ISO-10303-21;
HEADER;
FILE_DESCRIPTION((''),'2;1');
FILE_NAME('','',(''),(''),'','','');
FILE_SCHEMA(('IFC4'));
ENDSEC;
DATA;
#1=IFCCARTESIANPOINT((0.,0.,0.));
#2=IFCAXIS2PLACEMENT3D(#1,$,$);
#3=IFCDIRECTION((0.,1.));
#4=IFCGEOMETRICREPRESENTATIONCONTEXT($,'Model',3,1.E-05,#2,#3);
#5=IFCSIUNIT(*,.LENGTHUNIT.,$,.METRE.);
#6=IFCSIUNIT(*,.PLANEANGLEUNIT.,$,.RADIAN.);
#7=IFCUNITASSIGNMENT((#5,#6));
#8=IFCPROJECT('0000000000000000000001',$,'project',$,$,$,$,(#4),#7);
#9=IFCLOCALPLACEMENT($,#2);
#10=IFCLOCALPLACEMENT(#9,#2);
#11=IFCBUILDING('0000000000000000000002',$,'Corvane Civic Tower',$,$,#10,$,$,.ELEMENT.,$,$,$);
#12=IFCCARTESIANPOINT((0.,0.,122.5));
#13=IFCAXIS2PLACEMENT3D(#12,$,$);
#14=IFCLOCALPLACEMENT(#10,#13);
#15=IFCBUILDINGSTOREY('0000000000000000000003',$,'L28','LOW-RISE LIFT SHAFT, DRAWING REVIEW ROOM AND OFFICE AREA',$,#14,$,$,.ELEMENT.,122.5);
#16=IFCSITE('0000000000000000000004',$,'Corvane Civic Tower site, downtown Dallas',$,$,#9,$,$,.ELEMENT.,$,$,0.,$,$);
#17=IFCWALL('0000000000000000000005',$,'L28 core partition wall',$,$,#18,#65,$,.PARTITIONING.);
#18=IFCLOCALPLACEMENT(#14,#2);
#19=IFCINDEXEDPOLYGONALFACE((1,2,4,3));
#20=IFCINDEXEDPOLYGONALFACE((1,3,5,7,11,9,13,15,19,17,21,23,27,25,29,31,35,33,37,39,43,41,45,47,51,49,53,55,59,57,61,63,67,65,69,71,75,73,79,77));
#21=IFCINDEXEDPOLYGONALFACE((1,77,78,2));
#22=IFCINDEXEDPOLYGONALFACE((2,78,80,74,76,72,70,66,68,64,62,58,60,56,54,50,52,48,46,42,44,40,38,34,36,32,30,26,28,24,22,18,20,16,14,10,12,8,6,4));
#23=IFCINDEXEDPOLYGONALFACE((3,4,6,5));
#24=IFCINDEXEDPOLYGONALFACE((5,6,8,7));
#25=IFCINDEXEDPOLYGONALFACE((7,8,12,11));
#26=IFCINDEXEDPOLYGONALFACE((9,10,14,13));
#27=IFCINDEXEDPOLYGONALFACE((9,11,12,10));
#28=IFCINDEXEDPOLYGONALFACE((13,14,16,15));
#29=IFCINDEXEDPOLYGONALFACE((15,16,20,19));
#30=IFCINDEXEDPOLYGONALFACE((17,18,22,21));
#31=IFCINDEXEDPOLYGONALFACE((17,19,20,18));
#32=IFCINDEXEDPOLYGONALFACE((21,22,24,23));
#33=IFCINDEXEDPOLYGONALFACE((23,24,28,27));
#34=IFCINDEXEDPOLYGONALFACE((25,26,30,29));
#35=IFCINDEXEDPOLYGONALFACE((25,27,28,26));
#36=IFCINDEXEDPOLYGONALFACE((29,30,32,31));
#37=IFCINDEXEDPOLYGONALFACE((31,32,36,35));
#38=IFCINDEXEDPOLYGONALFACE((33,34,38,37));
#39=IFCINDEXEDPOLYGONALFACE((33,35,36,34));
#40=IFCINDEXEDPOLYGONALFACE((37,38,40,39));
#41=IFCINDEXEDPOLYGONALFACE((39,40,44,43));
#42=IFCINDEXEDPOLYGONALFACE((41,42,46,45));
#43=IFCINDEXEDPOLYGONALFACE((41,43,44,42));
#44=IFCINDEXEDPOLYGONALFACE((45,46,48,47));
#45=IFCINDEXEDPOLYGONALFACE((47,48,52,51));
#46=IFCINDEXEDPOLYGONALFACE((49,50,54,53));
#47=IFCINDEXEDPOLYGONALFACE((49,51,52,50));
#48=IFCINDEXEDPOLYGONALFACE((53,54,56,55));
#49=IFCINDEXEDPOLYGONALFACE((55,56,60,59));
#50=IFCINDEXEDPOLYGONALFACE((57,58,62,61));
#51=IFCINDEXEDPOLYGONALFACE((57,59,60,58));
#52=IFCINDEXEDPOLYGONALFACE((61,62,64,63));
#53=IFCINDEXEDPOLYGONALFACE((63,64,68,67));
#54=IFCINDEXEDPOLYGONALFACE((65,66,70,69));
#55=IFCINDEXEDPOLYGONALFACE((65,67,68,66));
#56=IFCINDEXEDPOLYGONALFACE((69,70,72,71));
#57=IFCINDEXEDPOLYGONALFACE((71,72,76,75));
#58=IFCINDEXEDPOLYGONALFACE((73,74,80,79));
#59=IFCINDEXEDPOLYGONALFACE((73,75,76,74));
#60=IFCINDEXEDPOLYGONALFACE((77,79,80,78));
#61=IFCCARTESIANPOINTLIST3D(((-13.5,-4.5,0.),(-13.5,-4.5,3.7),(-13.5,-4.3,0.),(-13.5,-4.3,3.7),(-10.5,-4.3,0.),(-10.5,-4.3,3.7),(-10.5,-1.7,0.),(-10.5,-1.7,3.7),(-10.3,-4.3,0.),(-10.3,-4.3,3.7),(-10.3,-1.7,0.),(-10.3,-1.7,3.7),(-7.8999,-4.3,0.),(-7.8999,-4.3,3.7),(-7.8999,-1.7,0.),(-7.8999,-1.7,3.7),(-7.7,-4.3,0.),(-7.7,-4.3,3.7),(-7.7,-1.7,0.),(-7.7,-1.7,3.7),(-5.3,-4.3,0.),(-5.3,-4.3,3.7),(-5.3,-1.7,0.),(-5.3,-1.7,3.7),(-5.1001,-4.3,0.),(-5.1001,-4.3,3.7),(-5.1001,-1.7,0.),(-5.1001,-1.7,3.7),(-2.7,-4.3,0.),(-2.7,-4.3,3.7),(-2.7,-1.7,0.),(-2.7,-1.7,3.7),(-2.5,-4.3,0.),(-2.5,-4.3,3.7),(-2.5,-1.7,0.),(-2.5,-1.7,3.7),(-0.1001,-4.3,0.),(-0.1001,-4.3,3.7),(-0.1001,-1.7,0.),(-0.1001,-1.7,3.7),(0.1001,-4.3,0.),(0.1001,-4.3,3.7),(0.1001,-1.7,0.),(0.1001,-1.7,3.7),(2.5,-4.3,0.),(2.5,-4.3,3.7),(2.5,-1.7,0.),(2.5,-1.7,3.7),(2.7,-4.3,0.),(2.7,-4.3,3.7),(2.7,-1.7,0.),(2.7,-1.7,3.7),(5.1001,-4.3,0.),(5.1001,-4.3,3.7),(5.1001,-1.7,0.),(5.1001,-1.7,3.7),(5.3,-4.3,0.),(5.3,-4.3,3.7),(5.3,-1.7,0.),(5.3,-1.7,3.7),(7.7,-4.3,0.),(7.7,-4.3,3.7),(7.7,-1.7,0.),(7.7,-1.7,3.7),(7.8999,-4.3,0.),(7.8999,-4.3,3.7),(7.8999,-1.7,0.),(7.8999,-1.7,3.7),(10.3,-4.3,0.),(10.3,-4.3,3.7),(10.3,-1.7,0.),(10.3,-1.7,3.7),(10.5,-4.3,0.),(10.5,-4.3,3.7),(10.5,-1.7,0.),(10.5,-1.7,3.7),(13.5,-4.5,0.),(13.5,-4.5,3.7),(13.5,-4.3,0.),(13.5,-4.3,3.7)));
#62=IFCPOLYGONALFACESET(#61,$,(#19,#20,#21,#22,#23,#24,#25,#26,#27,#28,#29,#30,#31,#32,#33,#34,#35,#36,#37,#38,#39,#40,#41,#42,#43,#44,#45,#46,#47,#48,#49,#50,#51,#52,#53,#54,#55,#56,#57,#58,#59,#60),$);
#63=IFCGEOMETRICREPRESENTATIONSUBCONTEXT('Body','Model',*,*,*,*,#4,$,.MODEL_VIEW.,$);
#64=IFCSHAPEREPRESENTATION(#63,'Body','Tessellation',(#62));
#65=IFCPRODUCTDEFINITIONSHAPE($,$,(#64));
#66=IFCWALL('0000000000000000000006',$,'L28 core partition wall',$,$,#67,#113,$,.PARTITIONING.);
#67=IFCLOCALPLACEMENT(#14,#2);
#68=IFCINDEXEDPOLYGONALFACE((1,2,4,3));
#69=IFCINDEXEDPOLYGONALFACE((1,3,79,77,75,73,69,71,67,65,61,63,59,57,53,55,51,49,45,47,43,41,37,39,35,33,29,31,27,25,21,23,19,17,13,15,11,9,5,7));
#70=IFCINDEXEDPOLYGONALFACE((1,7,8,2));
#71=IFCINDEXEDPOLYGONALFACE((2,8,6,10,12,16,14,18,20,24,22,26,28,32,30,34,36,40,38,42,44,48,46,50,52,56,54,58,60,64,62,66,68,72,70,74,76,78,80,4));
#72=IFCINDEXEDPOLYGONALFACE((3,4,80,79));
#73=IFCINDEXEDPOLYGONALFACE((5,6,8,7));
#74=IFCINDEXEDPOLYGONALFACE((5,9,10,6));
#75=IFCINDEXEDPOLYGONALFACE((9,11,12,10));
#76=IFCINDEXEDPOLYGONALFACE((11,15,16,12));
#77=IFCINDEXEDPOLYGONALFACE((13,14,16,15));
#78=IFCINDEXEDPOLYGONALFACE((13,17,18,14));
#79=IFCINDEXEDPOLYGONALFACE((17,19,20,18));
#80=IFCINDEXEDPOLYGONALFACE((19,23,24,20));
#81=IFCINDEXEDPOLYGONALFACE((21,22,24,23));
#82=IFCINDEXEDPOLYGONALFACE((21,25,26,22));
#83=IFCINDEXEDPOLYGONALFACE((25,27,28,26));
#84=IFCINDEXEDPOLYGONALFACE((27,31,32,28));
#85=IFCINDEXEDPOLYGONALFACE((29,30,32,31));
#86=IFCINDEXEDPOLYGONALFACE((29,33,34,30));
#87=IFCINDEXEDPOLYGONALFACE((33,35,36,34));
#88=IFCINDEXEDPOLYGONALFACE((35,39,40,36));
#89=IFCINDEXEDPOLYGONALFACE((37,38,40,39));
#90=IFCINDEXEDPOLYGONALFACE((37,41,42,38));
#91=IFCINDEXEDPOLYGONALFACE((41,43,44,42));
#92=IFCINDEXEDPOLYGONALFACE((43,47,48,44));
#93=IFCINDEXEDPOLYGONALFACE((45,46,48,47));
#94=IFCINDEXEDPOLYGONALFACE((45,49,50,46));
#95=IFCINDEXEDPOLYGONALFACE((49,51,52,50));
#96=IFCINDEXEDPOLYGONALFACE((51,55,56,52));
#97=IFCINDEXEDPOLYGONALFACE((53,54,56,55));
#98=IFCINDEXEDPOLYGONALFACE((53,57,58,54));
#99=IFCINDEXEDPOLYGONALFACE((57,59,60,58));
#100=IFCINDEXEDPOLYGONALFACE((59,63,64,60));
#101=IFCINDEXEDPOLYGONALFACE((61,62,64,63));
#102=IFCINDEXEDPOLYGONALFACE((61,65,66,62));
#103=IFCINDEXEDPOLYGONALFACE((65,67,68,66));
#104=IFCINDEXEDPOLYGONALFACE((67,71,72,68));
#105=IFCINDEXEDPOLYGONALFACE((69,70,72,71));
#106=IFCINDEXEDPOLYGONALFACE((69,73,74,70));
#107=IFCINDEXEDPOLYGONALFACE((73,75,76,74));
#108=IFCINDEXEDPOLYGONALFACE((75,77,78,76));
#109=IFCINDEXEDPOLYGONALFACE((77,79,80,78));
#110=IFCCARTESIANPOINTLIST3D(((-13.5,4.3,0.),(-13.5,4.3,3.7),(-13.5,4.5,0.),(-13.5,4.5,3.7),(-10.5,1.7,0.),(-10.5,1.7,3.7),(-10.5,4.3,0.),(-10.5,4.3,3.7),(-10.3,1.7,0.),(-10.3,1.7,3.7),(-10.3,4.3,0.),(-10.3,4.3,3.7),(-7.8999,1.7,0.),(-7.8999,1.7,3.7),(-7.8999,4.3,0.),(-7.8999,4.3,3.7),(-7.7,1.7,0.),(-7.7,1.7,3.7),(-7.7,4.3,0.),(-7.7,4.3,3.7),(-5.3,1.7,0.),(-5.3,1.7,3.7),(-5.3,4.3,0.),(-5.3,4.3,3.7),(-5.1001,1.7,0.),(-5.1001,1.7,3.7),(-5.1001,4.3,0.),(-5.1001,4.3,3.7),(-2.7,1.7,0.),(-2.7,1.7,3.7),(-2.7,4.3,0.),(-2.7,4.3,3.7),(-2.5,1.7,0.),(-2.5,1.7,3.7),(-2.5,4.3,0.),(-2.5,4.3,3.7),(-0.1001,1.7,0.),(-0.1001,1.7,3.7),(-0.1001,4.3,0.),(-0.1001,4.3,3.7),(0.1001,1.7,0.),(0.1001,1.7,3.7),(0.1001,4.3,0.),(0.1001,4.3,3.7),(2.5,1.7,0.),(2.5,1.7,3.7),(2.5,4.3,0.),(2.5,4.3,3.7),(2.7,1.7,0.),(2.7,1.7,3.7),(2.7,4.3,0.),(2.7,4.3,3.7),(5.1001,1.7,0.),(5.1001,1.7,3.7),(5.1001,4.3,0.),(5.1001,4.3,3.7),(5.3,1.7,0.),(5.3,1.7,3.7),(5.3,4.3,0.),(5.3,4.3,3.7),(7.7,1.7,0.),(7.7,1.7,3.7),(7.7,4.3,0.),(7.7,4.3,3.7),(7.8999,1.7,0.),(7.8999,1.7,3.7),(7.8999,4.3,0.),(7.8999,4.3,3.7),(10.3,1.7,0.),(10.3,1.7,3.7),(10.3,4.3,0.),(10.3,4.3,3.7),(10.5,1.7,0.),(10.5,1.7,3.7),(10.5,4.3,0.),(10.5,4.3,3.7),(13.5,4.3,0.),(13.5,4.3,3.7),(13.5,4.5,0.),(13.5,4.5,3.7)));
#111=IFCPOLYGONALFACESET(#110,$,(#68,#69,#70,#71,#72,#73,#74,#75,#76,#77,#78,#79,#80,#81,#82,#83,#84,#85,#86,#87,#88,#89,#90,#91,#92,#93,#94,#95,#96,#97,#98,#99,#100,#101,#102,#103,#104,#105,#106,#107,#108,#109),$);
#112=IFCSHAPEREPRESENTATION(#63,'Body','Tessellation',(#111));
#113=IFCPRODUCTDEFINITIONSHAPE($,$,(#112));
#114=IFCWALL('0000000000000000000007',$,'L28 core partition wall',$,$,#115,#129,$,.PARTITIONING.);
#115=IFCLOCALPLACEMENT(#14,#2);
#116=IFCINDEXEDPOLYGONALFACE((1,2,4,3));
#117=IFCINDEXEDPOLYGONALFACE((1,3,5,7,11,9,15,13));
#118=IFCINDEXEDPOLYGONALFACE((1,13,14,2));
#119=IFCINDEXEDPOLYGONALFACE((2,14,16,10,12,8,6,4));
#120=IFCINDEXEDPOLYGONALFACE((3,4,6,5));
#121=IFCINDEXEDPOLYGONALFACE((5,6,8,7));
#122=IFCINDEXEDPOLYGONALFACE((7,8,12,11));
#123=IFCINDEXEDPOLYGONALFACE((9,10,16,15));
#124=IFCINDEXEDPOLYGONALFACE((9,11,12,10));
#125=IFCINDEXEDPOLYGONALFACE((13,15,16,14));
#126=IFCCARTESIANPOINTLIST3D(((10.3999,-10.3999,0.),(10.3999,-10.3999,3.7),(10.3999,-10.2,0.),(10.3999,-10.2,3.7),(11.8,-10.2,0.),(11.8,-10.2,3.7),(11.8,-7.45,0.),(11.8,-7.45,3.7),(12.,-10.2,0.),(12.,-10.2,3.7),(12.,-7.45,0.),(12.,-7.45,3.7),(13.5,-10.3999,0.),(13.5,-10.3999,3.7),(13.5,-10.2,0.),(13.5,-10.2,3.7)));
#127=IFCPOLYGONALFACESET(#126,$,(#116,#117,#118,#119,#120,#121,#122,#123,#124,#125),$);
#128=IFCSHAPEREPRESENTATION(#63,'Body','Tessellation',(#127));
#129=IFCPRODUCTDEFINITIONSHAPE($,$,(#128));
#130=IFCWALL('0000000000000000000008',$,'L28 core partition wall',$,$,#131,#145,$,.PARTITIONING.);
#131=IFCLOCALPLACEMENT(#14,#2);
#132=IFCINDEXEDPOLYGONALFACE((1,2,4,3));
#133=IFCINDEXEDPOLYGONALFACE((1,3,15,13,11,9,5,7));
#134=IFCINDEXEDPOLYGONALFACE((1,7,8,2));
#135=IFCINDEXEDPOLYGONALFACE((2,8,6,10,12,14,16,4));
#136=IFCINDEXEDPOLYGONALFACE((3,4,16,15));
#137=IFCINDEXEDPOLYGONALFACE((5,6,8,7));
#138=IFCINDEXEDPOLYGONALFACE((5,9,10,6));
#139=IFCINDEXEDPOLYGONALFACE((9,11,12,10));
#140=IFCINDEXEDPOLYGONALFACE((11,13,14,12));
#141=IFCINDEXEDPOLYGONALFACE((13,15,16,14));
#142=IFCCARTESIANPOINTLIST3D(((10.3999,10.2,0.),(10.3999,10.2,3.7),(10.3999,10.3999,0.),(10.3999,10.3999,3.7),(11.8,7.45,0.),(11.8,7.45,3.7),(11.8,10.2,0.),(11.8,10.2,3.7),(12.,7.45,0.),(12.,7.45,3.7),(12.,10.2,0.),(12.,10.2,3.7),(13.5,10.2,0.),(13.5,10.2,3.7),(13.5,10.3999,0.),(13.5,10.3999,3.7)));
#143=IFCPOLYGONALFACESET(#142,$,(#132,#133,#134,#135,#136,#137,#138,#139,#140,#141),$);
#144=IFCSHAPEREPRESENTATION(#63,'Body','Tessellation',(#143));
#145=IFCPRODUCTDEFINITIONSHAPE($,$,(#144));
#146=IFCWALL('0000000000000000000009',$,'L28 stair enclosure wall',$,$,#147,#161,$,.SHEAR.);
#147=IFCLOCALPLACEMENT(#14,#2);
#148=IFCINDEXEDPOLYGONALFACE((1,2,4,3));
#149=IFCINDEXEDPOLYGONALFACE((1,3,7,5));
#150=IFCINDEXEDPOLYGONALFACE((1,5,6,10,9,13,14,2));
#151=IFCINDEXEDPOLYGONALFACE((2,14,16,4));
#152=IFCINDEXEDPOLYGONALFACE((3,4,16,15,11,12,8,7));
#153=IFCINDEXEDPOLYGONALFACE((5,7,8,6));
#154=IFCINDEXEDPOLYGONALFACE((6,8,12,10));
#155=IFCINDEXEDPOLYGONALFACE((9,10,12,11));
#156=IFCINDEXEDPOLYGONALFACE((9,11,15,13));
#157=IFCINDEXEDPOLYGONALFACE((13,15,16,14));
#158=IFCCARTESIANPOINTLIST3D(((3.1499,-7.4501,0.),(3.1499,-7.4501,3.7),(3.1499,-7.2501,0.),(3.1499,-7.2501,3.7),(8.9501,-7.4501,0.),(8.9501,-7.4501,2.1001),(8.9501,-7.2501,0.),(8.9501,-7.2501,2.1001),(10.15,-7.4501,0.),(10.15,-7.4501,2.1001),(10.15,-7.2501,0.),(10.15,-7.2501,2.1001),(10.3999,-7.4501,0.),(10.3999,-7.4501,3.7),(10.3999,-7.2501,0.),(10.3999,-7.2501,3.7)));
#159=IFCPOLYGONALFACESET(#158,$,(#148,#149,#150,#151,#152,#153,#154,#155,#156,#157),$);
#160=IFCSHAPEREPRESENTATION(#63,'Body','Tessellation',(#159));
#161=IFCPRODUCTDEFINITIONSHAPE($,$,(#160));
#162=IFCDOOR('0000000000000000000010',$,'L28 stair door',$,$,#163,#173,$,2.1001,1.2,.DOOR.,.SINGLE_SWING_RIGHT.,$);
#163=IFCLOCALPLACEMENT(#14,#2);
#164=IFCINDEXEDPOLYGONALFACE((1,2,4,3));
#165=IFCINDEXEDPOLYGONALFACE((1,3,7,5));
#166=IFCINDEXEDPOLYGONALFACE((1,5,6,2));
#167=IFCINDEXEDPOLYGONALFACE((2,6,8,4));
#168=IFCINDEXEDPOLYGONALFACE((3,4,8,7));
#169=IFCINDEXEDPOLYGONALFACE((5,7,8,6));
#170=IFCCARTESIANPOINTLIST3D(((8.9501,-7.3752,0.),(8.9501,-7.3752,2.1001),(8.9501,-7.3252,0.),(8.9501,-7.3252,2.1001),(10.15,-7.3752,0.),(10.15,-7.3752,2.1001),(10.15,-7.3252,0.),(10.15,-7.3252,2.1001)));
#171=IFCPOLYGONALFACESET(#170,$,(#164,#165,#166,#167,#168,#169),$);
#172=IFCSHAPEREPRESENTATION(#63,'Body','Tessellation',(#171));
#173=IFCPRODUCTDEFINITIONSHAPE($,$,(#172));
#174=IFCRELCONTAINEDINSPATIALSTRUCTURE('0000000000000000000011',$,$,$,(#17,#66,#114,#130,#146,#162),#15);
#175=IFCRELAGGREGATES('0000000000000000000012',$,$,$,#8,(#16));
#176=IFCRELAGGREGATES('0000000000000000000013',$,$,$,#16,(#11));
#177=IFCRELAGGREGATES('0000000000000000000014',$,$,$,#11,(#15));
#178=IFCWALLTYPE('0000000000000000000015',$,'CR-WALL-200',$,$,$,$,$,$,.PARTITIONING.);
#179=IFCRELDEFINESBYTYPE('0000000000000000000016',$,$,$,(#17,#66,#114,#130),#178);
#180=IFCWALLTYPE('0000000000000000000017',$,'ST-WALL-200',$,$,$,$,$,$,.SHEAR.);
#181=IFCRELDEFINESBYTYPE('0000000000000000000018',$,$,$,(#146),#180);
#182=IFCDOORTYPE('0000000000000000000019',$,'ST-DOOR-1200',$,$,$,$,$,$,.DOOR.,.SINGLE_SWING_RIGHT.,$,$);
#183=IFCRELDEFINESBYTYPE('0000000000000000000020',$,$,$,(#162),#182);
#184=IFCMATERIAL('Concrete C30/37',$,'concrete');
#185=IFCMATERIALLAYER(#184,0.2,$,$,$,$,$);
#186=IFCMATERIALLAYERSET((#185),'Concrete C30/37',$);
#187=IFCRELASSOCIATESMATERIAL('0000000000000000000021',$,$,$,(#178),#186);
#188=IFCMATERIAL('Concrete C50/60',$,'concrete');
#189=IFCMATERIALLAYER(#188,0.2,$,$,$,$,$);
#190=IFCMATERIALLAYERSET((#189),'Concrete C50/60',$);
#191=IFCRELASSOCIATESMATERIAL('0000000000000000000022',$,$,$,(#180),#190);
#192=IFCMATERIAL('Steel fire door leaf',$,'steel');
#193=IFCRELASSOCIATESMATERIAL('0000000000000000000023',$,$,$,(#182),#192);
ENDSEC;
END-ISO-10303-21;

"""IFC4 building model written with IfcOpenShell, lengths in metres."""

from ifc_helpers import new_model, si_unit, direction, frame, frame_2d, origin, place, context, subcontext, project, spatial, polyline, rectangle, outline, extrude, material, layer, layer_set, type_object, element, fill, save


model = new_model("IFC4")

# Units and contexts
model_context = context("Model", 3, precision=1e-05, world=origin(), true_north=direction((0.0, 1.0)))
body_context = subcontext(model_context, "Body", "Model", "MODEL_VIEW")
ifc_project = project(units=[si_unit("LENGTHUNIT", "METRE"), si_unit("PLANEANGLEUNIT", "RADIAN")], contexts=[model_context])

# Site, building, storey
site_placement = place(None, origin())
site = spatial("IfcSite", under=ifc_project, at=site_placement, Name="Corvane Civic Tower site, downtown Dallas", CompositionType="ELEMENT", RefElevation=0.0)
building_placement = place(site_placement, origin())
building = spatial("IfcBuilding", under=site, at=building_placement, Name="Corvane Civic Tower", CompositionType="ELEMENT")
storey_placement = place(building_placement, frame((0.0, 0.0, 122.5)))
storey = spatial("IfcBuildingStorey", under=building, at=storey_placement, Name="L28", Description="LOW-RISE LIFT SHAFT, DRAWING REVIEW ROOM AND OFFICE AREA", CompositionType="ELEMENT", Elevation=122.5)

# Shared definitions
ifc_material_1 = material(Name="Concrete C30/37", Category="concrete")
ifc_layer_1 = layer(ifc_material_1, 0.2)
ifc_layer_set_1 = layer_set([ifc_layer_1], Name="Concrete C30/37")
wall_type_1 = type_object("IfcWallType", Name="CR-WALL-200", PredefinedType="PARTITIONING", material=ifc_layer_set_1)

# Walls
wall_1_placement = place(storey_placement, origin())
element("IfcWall", 1, at=wall_1_placement, inside=storey, type_object=wall_type_1, Name="L28 core partition wall", PredefinedType="PARTITIONING", context=body_context, shape_type="SweptSolid", body=[
    extrude(outline(polyline([(-10.3, -1.7), (-10.3, -4.3), (-7.8999, -4.3), (-7.8999, -1.7), (-7.7, -1.7), (-7.7, -4.3), (-5.3, -4.3), (-5.3, -1.7), (-5.1001, -1.7), (-5.1001, -4.3), (-2.7, -4.3), (-2.7, -1.7), (-2.5, -1.7), (-2.5, -4.3), (-0.1001, -4.3), (-0.1001, -1.7), (0.1001, -1.7), (0.1001, -4.3), (2.5, -4.3), (2.5, -1.7), (2.7, -1.7), (2.7, -4.3), (5.1001, -4.3), (5.1001, -1.7), (5.3, -1.7), (5.3, -4.3), (7.7, -4.3), (7.7, -1.7), (7.8999, -1.7), (7.8999, -4.3), (10.3, -4.3), (10.3, -1.7), (10.5, -1.7), (10.5, -4.3), (13.5, -4.3), (13.5, -4.5), (-13.5, -4.5), (-13.5, -4.3), (-10.5, -4.3), (-10.5, -1.7), (-10.3, -1.7)])), origin(), (0.0, 0.0, 1.0), 3.7),
])
wall_2_placement = place(storey_placement, origin())
element("IfcWall", 2, at=wall_2_placement, inside=storey, type_object=wall_type_1, Name="L28 core partition wall", PredefinedType="PARTITIONING", context=body_context, shape_type="SweptSolid", body=[
    extrude(outline(polyline([(-10.3, 1.7), (-10.5, 1.7), (-10.5, 4.3), (-13.5, 4.3), (-13.5, 4.5), (13.5, 4.5), (13.5, 4.3), (10.5, 4.3), (10.5, 1.7), (10.3, 1.7), (10.3, 4.3), (7.8999, 4.3), (7.8999, 1.7), (7.7, 1.7), (7.7, 4.3), (5.3, 4.3), (5.3, 1.7), (5.1001, 1.7), (5.1001, 4.3), (2.7, 4.3), (2.7, 1.7), (2.5, 1.7), (2.5, 4.3), (0.1001, 4.3), (0.1001, 1.7), (-0.1001, 1.7), (-0.1001, 4.3), (-2.5, 4.3), (-2.5, 1.7), (-2.7, 1.7), (-2.7, 4.3), (-5.1001, 4.3), (-5.1001, 1.7), (-5.3, 1.7), (-5.3, 4.3), (-7.7, 4.3), (-7.7, 1.7), (-7.8999, 1.7), (-7.8999, 4.3), (-10.3, 4.3), (-10.3, 1.7)])), origin(), (0.0, 0.0, 1.0), 3.7),
])
wall_3_placement = place(storey_placement, origin())
element("IfcWall", 3, at=wall_3_placement, inside=storey, type_object=wall_type_1, Name="L28 core partition wall", PredefinedType="PARTITIONING", context=body_context, shape_type="SweptSolid", body=[
    extrude(outline(polyline([(11.8, -7.45), (12.0, -7.45), (12.0, -10.2), (13.5, -10.2), (13.5, -10.3999), (10.3999, -10.3999), (10.3999, -10.2), (11.8, -10.2), (11.8, -7.45)])), origin(), (0.0, 0.0, 1.0), 3.7),
])
wall_4_placement = place(storey_placement, origin())
element("IfcWall", 4, at=wall_4_placement, inside=storey, type_object=wall_type_1, Name="L28 core partition wall", PredefinedType="PARTITIONING", context=body_context, shape_type="SweptSolid", body=[
    extrude(outline(polyline([(13.5, 10.3999), (13.5, 10.2), (12.0, 10.2), (12.0, 7.45), (11.8, 7.45), (11.8, 10.2), (10.3999, 10.2), (10.3999, 10.3999), (13.5, 10.3999)])), origin(), (0.0, 0.0, 1.0), 3.7),
])

# Wall, opening, door
ifc_material_2 = material(Name="Concrete C50/60", Category="concrete")
ifc_layer_2 = layer(ifc_material_2, 0.2)
ifc_layer_set_2 = layer_set([ifc_layer_2], Name="Concrete C50/60")
wall_type_2 = type_object("IfcWallType", Name="ST-WALL-200", PredefinedType="SHEAR", material=ifc_layer_set_2)
wall_5_placement = place(storey_placement, frame((3.1499, -7.3501, 0.0), z_axis=(0.0, 0.0, 1.0), x_axis=(1.0, 0.0, 0.0)))
wall_5 = element("IfcWall", 5, at=wall_5_placement, inside=storey, type_object=wall_type_2, Name="L28 stair enclosure wall", PredefinedType="SHEAR", context=body_context, shape_type="SweptSolid", body=[
    extrude(rectangle(XDim=7.25, YDim=0.2, at=frame_2d((3.625, 0.0))), origin(), (0.0, 0.0, 1.0), 3.7),
])
opening_1_placement = place(wall_5_placement, frame((5.8, 0.0, 0.0)))
opening_1 = element("IfcOpeningElement", 6, at=opening_1_placement, cuts=wall_5, PredefinedType="OPENING", context=body_context, shape_type="SweptSolid", body=[
    extrude(rectangle(XDim=1.2, YDim=2.1001, at=frame_2d((0.6001, 1.05))), frame((0.0, 0.1099, 0.0), z_axis=(0.0, -1.0, 0.0), x_axis=(1.0, 0.0, 0.0)), (0.0, 0.0, 1.0), 0.22),
])
ifc_material_3 = material(Name="Steel fire door leaf", Category="steel")
door_type_1 = type_object("IfcDoorType", Name="ST-DOOR-1200", OperationType="SINGLE_SWING_RIGHT", PredefinedType="DOOR", material=ifc_material_3)
door_1_placement = place(opening_1_placement, origin())
door_1 = element("IfcDoor", 7, at=door_1_placement, inside=storey, type_object=door_type_1, Name="L28 stair door", OperationType="SINGLE_SWING_RIGHT", OverallHeight=2.1001, OverallWidth=1.2, PredefinedType="DOOR", context=body_context, shape_type="SweptSolid", body=[
    extrude(rectangle(XDim=1.2, YDim=2.1001, at=frame_2d((0.6001, 1.05))), frame((0.0, 0.0249, 0.0), z_axis=(0.0, -1.0, 0.0), x_axis=(1.0, 0.0, 0.0)), (0.0, 0.0, 1.0), 0.05),
])
fill(opening_1, door_1)

save(model, "model.ifc")
